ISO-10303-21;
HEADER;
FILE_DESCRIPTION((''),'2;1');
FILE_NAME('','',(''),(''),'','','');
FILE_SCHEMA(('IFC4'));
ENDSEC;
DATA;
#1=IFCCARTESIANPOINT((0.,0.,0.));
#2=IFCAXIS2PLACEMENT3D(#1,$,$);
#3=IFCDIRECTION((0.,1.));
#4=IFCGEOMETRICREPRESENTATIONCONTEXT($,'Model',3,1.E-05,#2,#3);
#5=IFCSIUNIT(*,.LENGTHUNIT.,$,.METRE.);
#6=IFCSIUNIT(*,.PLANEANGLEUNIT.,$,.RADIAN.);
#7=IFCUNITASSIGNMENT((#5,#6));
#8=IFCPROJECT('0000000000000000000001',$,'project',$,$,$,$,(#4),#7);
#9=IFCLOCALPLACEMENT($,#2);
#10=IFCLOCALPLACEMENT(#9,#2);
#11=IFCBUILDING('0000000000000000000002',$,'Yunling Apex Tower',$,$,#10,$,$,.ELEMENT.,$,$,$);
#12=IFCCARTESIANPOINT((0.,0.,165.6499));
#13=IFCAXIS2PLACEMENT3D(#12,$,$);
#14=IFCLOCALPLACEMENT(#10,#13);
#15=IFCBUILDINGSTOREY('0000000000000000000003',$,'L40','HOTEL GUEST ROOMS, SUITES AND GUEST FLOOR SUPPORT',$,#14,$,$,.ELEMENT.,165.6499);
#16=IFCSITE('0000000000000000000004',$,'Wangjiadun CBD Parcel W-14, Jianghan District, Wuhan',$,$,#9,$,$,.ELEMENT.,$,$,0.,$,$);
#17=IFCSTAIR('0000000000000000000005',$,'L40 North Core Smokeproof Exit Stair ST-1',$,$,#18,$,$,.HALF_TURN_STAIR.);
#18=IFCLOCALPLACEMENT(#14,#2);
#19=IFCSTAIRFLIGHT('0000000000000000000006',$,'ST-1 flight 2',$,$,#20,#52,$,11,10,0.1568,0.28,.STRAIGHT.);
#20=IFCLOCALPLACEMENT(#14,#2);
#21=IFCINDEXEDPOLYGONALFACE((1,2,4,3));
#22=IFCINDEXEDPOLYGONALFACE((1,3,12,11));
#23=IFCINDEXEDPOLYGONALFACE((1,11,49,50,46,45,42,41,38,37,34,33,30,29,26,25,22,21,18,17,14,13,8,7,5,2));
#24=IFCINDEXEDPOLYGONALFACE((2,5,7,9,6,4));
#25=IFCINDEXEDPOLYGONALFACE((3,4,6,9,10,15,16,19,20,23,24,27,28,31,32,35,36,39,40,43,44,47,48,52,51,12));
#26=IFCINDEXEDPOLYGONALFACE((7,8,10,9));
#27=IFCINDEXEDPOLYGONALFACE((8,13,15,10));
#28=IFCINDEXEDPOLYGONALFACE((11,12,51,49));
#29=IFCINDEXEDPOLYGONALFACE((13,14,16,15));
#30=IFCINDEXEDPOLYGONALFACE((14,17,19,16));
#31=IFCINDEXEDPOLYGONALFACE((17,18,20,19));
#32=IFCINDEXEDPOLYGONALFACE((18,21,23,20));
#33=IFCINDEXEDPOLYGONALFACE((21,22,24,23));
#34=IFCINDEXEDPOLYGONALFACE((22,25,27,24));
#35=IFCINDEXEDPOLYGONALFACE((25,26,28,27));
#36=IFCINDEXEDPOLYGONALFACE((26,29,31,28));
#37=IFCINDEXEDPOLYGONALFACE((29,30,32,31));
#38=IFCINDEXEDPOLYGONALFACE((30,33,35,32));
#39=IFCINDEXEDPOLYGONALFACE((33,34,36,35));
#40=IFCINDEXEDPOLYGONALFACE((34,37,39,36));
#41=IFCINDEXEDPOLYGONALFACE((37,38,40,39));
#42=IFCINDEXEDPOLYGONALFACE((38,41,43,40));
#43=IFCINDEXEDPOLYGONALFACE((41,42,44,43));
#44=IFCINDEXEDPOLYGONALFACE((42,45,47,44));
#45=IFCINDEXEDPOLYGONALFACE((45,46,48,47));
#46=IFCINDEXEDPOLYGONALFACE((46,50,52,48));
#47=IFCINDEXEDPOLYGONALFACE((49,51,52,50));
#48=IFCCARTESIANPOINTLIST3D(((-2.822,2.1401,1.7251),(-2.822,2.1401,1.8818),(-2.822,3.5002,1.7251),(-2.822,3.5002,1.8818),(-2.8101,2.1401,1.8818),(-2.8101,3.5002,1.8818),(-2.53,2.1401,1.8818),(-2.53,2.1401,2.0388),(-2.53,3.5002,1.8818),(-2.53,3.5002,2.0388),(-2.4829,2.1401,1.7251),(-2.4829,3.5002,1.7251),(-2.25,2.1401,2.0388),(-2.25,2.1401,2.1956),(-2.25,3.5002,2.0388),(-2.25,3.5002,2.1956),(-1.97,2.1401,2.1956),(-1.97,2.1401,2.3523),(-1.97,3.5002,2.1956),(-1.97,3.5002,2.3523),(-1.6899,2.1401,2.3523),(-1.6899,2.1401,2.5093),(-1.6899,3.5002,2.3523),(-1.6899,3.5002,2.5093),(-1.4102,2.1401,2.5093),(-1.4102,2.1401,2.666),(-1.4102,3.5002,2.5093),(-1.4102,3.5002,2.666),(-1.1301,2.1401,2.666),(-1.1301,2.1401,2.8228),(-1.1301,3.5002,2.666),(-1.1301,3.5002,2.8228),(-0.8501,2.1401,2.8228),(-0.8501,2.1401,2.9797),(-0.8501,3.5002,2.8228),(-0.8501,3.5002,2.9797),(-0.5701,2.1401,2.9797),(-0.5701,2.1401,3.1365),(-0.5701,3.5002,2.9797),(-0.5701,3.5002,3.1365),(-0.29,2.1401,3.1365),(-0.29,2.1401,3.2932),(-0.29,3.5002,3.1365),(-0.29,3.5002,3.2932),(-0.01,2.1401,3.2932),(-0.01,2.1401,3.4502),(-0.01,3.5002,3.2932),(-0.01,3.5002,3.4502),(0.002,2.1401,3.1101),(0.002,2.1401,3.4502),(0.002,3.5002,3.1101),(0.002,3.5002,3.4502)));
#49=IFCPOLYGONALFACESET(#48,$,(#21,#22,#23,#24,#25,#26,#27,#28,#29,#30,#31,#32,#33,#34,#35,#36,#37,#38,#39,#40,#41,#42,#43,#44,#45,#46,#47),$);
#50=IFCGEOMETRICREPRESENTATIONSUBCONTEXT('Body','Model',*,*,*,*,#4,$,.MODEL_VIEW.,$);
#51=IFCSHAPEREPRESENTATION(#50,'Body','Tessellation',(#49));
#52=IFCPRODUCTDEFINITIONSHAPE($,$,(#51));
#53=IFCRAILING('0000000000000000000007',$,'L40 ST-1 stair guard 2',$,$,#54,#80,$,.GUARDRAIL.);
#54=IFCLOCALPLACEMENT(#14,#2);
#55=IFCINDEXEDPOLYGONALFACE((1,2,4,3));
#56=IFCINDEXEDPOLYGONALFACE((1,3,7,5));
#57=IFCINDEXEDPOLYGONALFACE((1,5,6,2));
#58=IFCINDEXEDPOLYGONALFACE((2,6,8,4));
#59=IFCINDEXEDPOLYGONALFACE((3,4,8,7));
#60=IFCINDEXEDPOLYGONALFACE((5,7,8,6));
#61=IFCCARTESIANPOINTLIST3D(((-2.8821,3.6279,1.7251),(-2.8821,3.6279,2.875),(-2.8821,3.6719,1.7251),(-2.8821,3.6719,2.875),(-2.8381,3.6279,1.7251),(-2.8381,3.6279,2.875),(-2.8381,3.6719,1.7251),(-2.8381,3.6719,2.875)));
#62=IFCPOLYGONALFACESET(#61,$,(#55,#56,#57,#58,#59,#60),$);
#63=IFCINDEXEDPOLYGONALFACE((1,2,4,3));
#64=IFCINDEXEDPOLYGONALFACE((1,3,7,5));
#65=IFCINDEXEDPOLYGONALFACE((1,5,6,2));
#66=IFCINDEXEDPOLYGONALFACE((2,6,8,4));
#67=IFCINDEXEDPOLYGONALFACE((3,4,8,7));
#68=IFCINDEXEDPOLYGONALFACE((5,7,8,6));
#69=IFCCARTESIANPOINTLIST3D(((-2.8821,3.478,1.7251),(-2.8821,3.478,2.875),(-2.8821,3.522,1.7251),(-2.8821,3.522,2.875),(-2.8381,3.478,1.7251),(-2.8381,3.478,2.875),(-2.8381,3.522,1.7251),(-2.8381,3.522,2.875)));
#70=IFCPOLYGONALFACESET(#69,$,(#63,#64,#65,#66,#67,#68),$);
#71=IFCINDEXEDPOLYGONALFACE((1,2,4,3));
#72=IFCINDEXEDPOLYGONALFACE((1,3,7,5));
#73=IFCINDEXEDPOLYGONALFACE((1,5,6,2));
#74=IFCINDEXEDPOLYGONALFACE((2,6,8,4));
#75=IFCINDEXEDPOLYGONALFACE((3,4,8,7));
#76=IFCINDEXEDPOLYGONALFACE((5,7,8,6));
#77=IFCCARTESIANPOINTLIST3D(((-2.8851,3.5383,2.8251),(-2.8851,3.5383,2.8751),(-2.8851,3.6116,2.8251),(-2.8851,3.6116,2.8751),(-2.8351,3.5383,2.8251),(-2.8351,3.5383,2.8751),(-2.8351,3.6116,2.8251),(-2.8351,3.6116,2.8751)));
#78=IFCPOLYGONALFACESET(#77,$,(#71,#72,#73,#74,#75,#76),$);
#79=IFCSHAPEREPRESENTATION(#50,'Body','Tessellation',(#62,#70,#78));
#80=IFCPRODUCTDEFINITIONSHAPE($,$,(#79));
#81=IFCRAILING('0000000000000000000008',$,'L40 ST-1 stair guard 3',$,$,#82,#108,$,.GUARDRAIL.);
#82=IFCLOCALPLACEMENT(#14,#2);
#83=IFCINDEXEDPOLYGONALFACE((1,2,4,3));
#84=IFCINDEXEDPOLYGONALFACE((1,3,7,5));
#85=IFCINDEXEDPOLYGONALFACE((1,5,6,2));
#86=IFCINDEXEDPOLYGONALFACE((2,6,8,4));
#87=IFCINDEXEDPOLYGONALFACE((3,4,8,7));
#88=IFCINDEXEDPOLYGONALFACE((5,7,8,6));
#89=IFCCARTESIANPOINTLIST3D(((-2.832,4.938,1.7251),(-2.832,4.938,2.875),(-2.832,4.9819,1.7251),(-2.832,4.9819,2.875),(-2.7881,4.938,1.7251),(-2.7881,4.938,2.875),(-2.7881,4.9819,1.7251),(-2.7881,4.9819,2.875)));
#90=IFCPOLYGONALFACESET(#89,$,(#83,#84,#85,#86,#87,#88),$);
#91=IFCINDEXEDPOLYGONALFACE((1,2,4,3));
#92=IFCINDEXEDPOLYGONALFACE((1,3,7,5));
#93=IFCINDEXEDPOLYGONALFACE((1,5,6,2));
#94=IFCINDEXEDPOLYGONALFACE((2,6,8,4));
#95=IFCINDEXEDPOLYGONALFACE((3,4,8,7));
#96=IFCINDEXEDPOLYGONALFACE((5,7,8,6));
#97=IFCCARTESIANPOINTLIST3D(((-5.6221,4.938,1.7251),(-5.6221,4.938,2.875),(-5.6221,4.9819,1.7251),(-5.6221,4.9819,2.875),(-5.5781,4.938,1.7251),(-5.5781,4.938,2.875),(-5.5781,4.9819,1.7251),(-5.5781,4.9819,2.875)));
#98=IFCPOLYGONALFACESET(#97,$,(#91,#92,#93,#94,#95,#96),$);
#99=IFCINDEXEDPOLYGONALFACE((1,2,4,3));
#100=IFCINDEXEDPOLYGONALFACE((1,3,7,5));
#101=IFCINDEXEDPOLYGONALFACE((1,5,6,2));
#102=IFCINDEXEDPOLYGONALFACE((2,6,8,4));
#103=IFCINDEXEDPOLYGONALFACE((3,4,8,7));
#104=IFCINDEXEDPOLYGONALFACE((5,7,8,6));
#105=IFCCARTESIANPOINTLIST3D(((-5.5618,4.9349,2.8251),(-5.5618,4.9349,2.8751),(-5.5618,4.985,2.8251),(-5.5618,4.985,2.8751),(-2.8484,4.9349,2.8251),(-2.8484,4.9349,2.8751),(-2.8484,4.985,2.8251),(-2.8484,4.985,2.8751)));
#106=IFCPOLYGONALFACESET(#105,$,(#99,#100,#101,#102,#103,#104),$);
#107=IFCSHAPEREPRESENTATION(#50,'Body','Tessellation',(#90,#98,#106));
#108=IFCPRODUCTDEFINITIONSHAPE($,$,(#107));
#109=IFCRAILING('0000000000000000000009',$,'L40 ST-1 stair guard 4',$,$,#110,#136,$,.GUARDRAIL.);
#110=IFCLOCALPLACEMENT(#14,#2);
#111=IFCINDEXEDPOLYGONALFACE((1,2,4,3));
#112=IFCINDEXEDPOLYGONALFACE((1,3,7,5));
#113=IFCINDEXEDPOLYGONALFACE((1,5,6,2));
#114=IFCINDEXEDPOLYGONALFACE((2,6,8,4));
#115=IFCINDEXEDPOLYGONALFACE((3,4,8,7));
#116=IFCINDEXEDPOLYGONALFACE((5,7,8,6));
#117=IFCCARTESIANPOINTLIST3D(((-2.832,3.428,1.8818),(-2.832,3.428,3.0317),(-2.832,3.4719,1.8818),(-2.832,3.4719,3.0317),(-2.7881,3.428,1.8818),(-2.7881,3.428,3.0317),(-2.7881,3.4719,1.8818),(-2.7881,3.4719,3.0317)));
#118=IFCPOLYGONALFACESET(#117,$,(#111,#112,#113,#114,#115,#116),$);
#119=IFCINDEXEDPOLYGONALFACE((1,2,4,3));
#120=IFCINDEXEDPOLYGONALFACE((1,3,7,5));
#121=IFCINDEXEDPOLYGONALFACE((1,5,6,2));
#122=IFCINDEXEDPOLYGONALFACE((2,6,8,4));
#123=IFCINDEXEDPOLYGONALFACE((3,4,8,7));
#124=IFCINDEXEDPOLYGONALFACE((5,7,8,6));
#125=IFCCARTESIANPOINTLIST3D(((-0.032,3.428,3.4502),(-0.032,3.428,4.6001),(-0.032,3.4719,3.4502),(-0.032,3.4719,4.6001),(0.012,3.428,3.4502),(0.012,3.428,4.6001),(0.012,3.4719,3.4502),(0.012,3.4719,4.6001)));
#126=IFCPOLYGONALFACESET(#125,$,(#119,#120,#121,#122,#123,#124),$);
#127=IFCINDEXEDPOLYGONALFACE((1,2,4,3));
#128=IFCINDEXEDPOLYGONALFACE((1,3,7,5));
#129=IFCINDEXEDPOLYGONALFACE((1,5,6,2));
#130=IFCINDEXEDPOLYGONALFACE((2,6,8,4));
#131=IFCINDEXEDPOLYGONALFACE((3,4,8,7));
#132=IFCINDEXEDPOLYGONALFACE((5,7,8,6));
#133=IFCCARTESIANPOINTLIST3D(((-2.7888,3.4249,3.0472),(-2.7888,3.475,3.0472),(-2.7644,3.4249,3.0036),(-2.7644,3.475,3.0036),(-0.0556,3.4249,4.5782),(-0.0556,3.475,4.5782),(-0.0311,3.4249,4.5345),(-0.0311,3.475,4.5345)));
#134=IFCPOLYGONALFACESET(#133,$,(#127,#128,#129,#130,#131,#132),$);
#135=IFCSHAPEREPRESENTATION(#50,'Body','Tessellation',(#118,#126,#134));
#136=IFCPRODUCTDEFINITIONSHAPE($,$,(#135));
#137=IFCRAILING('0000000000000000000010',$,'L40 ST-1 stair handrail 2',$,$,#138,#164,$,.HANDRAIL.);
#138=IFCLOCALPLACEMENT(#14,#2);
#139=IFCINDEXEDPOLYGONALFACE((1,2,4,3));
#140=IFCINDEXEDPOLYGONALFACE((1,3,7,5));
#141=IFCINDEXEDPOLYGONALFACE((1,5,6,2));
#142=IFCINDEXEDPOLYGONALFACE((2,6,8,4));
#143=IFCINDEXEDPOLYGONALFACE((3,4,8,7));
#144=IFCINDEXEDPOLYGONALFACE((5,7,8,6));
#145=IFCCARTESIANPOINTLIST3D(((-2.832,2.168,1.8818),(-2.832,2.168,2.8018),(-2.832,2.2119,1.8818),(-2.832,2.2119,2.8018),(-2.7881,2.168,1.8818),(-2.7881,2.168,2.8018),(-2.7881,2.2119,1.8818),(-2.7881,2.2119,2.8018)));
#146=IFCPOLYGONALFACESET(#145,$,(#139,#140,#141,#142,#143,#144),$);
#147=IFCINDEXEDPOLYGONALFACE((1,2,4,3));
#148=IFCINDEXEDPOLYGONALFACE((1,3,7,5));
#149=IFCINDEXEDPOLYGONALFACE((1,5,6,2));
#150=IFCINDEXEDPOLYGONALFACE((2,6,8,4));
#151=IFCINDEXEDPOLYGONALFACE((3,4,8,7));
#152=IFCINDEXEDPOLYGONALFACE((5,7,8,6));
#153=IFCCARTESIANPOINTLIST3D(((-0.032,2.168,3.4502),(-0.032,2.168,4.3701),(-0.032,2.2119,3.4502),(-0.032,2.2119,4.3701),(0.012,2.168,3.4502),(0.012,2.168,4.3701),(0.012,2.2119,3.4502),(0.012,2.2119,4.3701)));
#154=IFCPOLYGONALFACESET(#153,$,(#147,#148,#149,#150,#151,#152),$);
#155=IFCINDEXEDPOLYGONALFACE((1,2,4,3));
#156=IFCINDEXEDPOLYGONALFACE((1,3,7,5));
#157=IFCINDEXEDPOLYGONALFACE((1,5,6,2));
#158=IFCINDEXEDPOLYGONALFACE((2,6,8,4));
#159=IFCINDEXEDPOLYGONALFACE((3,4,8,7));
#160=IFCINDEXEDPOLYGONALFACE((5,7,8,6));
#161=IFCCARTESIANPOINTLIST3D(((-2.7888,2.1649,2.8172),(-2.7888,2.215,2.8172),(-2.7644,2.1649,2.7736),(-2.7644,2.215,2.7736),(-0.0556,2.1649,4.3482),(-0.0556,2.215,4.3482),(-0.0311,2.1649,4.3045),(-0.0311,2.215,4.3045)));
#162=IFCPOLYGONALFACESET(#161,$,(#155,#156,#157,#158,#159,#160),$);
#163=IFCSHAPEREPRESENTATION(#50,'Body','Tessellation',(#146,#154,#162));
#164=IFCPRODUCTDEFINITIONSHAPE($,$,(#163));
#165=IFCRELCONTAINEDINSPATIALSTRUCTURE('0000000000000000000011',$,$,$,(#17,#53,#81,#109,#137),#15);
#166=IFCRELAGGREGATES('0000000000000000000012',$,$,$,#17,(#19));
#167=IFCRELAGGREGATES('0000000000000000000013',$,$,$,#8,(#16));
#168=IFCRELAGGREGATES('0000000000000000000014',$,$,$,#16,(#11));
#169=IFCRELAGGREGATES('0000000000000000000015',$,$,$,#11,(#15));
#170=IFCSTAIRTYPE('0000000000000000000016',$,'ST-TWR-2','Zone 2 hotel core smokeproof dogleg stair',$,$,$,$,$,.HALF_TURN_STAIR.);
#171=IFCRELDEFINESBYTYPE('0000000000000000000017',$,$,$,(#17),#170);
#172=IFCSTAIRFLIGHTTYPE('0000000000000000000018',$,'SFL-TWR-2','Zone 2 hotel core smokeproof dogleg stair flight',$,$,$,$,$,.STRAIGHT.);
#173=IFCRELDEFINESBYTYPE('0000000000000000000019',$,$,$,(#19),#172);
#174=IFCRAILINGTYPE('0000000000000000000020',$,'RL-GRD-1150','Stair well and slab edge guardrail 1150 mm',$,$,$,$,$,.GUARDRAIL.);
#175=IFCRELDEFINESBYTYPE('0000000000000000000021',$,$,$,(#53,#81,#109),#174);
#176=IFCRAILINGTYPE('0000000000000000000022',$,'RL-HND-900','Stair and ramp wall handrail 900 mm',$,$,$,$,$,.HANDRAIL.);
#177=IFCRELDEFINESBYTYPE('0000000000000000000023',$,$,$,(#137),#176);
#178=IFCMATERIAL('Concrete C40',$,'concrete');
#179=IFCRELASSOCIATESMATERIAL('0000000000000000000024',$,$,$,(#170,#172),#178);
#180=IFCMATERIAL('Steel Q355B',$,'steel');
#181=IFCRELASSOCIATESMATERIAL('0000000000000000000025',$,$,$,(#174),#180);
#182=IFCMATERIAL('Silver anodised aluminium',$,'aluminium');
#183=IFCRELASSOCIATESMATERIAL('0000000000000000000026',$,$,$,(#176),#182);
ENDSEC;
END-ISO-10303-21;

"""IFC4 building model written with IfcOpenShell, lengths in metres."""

from ifc_helpers import new_model, si_unit, direction, frame, origin, origin_2d, place, context, subcontext, project, spatial, polyline, rectangle, outline, extrude, material, type_object, element, aggregate, save


model = new_model("IFC4")

# Units and contexts
model_context = context("Model", 3, precision=1e-05, world=origin(), true_north=direction((0.0, 1.0)))
body_context = subcontext(model_context, "Body", "Model", "MODEL_VIEW")
ifc_project = project(units=[si_unit("LENGTHUNIT", "METRE"), si_unit("PLANEANGLEUNIT", "RADIAN")], contexts=[model_context])

# Site, building, storey
site_placement = place(None, origin())
site = spatial("IfcSite", under=ifc_project, at=site_placement, Name="Wangjiadun CBD Parcel W-14, Jianghan District, Wuhan", CompositionType="ELEMENT", RefElevation=0.0)
building_placement = place(site_placement, origin())
building = spatial("IfcBuilding", under=site, at=building_placement, Name="Yunling Apex Tower", CompositionType="ELEMENT")
storey_placement = place(building_placement, frame((0.0, 0.0, 165.6499)))
storey = spatial("IfcBuildingStorey", under=building, at=storey_placement, Name="L40", Description="HOTEL GUEST ROOMS, SUITES AND GUEST FLOOR SUPPORT", CompositionType="ELEMENT", Elevation=165.6499)

# Shared definitions
ifc_material_1 = material(Name="Steel Q355B", Category="steel")

# Shared definitions
ifc_material_2 = material(Name="Concrete C40", Category="concrete")

# Shared definitions
ifc_material_3 = material(Name="Silver anodised aluminium", Category="aluminium")

# Stair, stair flight
stair_type = type_object("IfcStairType", Name="ST-TWR-2", Description="Zone 2 hotel core smokeproof dogleg stair", PredefinedType="HALF_TURN_STAIR", material=ifc_material_2)
stair_placement = place(storey_placement, origin())
stair = element("IfcStair", 1, at=stair_placement, inside=storey, type_object=stair_type, Name="L40 North Core Smokeproof Exit Stair ST-1", PredefinedType="HALF_TURN_STAIR")
stair_flight_type = type_object("IfcStairFlightType", Name="SFL-TWR-2", Description="Zone 2 hotel core smokeproof dogleg stair flight", PredefinedType="STRAIGHT", material=ifc_material_2)
stair_flight_placement = place(storey_placement, frame((-2.8101, 2.8201, 1.7251), z_axis=(0.0, 0.0, 1.0), x_axis=(1.0, 0.0, 0.0)))
stair_flight = element("IfcStairFlight", 2, at=stair_flight_placement, type_object=stair_flight_type, Name="ST-1 flight 2", NumberOfRisers=11, NumberOfTreads=10, PredefinedType="STRAIGHT", RiserHeight=0.1568, TreadLength=0.28, context=body_context, shape_type="SweptSolid", body=[
    extrude(outline(polyline([(-0.012, 0.0), (-0.012, 0.1567), (0.0, 0.1567), (0.28, 0.1567), (0.28, 0.3137), (0.5601, 0.3137), (0.5601, 0.4705), (0.8401, 0.4705), (0.8401, 0.6272), (1.1201, 0.6272), (1.1201, 0.7842), (1.3999, 0.7842), (1.3999, 0.9409), (1.6799, 0.9409), (1.6799, 1.0977), (1.96, 1.0977), (1.96, 1.2546), (2.24, 1.2546), (2.24, 1.4114), (2.52, 1.4114), (2.52, 1.5681), (2.8, 1.5681), (2.8, 1.7251), (2.812, 1.7251), (2.812, 1.385), (0.3271, 0.0), (-0.012, 0.0)])), frame((0.0, 0.6802, 0.0), z_axis=(0.0, -1.0, 0.0), x_axis=(1.0, 0.0, 0.0)), (0.0, 0.0, 1.0), 1.3601),
])
aggregate(stair, [stair_flight])

# Railings
railing_type_1 = type_object("IfcRailingType", Name="RL-GRD-1150", Description="Stair well and slab edge guardrail 1150 mm", PredefinedType="GUARDRAIL", material=ifc_material_1)
railing_1_placement = place(storey_placement, frame((-2.8601, 3.6499, 1.7251)))
element("IfcRailing", 3, at=railing_1_placement, inside=storey, type_object=railing_type_1, Name="L40 ST-1 stair guard 2", PredefinedType="GUARDRAIL", context=body_context, shape_type="SweptSolid", body=[
    extrude(rectangle(XDim=0.0439, YDim=0.0439, at=origin_2d()), origin(), (0.0, 0.0, 1.0), 1.1499),
    extrude(rectangle(XDim=0.0439, YDim=0.0439, at=origin_2d()), frame((0.0, -0.1499, 0.0)), (0.0, 0.0, 1.0), 1.1499),
    extrude(rectangle(XDim=0.05, YDim=0.05, at=origin_2d()), frame((0.0, -0.0383, 1.125), z_axis=(0.0, -1.0, 0.0), x_axis=(1.0, 0.0, 0.0)), (0.0, 0.0, 1.0), 0.0732),
])
railing_2_placement = place(storey_placement, frame((-2.8101, 4.96, 1.7251)))
element("IfcRailing", 4, at=railing_2_placement, inside=storey, type_object=railing_type_1, Name="L40 ST-1 stair guard 3", PredefinedType="GUARDRAIL", context=body_context, shape_type="SweptSolid", body=[
    extrude(rectangle(XDim=0.0439, YDim=0.0439, at=origin_2d()), origin(), (0.0, 0.0, 1.0), 1.1499),
    extrude(rectangle(XDim=0.0439, YDim=0.0439, at=origin_2d()), frame((-2.79, 0.0, 0.0)), (0.0, 0.0, 1.0), 1.1499),
    extrude(rectangle(XDim=0.05, YDim=0.05, at=origin_2d()), frame((-0.0383, 0.0, 1.125), z_axis=(-1.0, 0.0, 0.0), x_axis=(0.0, -1.0, 0.0)), (0.0, 0.0, 1.0), 2.7134),
])
railing_3_placement = place(storey_placement, frame((-2.8101, 3.45, 1.8818)))
element("IfcRailing", 5, at=railing_3_placement, inside=storey, type_object=railing_type_1, Name="L40 ST-1 stair guard 4", PredefinedType="GUARDRAIL", context=body_context, shape_type="SweptSolid", body=[
    extrude(rectangle(XDim=0.0439, YDim=0.0439, at=origin_2d()), origin(), (0.0, 0.0, 1.0), 1.1499),
    extrude(rectangle(XDim=0.0439, YDim=0.0439, at=origin_2d()), frame((2.8, 0.0, 1.5684)), (0.0, 0.0, 1.0), 1.1499),
    extrude(rectangle(XDim=0.05, YDim=0.05, at=origin_2d()), frame((0.0334, 0.0, 1.1436), z_axis=(0.872462, 0.0, 0.488682), x_axis=(0.0, 1.0, 0.0)), (0.0, 0.0, 1.0), 3.1328),
])
railing_type_2 = type_object("IfcRailingType", Name="RL-HND-900", Description="Stair and ramp wall handrail 900 mm", PredefinedType="HANDRAIL", material=ifc_material_3)
railing_4_placement = place(storey_placement, frame((-2.8101, 2.1899, 1.8818)))
element("IfcRailing", 6, at=railing_4_placement, inside=storey, type_object=railing_type_2, Name="L40 ST-1 stair handrail 2", PredefinedType="HANDRAIL", context=body_context, shape_type="SweptSolid", body=[
    extrude(rectangle(XDim=0.0439, YDim=0.0439, at=origin_2d()), origin(), (0.0, 0.0, 1.0), 0.9199),
    extrude(rectangle(XDim=0.0439, YDim=0.0439, at=origin_2d()), frame((2.8, 0.0, 1.5684)), (0.0, 0.0, 1.0), 0.9199),
    extrude(rectangle(XDim=0.05, YDim=0.05, at=origin_2d()), frame((0.0334, 0.0, 0.9136), z_axis=(0.872462, 0.0, 0.488682), x_axis=(0.0, 1.0, 0.0)), (0.0, 0.0, 1.0), 3.1328),
])

save(model, "model.ifc")
